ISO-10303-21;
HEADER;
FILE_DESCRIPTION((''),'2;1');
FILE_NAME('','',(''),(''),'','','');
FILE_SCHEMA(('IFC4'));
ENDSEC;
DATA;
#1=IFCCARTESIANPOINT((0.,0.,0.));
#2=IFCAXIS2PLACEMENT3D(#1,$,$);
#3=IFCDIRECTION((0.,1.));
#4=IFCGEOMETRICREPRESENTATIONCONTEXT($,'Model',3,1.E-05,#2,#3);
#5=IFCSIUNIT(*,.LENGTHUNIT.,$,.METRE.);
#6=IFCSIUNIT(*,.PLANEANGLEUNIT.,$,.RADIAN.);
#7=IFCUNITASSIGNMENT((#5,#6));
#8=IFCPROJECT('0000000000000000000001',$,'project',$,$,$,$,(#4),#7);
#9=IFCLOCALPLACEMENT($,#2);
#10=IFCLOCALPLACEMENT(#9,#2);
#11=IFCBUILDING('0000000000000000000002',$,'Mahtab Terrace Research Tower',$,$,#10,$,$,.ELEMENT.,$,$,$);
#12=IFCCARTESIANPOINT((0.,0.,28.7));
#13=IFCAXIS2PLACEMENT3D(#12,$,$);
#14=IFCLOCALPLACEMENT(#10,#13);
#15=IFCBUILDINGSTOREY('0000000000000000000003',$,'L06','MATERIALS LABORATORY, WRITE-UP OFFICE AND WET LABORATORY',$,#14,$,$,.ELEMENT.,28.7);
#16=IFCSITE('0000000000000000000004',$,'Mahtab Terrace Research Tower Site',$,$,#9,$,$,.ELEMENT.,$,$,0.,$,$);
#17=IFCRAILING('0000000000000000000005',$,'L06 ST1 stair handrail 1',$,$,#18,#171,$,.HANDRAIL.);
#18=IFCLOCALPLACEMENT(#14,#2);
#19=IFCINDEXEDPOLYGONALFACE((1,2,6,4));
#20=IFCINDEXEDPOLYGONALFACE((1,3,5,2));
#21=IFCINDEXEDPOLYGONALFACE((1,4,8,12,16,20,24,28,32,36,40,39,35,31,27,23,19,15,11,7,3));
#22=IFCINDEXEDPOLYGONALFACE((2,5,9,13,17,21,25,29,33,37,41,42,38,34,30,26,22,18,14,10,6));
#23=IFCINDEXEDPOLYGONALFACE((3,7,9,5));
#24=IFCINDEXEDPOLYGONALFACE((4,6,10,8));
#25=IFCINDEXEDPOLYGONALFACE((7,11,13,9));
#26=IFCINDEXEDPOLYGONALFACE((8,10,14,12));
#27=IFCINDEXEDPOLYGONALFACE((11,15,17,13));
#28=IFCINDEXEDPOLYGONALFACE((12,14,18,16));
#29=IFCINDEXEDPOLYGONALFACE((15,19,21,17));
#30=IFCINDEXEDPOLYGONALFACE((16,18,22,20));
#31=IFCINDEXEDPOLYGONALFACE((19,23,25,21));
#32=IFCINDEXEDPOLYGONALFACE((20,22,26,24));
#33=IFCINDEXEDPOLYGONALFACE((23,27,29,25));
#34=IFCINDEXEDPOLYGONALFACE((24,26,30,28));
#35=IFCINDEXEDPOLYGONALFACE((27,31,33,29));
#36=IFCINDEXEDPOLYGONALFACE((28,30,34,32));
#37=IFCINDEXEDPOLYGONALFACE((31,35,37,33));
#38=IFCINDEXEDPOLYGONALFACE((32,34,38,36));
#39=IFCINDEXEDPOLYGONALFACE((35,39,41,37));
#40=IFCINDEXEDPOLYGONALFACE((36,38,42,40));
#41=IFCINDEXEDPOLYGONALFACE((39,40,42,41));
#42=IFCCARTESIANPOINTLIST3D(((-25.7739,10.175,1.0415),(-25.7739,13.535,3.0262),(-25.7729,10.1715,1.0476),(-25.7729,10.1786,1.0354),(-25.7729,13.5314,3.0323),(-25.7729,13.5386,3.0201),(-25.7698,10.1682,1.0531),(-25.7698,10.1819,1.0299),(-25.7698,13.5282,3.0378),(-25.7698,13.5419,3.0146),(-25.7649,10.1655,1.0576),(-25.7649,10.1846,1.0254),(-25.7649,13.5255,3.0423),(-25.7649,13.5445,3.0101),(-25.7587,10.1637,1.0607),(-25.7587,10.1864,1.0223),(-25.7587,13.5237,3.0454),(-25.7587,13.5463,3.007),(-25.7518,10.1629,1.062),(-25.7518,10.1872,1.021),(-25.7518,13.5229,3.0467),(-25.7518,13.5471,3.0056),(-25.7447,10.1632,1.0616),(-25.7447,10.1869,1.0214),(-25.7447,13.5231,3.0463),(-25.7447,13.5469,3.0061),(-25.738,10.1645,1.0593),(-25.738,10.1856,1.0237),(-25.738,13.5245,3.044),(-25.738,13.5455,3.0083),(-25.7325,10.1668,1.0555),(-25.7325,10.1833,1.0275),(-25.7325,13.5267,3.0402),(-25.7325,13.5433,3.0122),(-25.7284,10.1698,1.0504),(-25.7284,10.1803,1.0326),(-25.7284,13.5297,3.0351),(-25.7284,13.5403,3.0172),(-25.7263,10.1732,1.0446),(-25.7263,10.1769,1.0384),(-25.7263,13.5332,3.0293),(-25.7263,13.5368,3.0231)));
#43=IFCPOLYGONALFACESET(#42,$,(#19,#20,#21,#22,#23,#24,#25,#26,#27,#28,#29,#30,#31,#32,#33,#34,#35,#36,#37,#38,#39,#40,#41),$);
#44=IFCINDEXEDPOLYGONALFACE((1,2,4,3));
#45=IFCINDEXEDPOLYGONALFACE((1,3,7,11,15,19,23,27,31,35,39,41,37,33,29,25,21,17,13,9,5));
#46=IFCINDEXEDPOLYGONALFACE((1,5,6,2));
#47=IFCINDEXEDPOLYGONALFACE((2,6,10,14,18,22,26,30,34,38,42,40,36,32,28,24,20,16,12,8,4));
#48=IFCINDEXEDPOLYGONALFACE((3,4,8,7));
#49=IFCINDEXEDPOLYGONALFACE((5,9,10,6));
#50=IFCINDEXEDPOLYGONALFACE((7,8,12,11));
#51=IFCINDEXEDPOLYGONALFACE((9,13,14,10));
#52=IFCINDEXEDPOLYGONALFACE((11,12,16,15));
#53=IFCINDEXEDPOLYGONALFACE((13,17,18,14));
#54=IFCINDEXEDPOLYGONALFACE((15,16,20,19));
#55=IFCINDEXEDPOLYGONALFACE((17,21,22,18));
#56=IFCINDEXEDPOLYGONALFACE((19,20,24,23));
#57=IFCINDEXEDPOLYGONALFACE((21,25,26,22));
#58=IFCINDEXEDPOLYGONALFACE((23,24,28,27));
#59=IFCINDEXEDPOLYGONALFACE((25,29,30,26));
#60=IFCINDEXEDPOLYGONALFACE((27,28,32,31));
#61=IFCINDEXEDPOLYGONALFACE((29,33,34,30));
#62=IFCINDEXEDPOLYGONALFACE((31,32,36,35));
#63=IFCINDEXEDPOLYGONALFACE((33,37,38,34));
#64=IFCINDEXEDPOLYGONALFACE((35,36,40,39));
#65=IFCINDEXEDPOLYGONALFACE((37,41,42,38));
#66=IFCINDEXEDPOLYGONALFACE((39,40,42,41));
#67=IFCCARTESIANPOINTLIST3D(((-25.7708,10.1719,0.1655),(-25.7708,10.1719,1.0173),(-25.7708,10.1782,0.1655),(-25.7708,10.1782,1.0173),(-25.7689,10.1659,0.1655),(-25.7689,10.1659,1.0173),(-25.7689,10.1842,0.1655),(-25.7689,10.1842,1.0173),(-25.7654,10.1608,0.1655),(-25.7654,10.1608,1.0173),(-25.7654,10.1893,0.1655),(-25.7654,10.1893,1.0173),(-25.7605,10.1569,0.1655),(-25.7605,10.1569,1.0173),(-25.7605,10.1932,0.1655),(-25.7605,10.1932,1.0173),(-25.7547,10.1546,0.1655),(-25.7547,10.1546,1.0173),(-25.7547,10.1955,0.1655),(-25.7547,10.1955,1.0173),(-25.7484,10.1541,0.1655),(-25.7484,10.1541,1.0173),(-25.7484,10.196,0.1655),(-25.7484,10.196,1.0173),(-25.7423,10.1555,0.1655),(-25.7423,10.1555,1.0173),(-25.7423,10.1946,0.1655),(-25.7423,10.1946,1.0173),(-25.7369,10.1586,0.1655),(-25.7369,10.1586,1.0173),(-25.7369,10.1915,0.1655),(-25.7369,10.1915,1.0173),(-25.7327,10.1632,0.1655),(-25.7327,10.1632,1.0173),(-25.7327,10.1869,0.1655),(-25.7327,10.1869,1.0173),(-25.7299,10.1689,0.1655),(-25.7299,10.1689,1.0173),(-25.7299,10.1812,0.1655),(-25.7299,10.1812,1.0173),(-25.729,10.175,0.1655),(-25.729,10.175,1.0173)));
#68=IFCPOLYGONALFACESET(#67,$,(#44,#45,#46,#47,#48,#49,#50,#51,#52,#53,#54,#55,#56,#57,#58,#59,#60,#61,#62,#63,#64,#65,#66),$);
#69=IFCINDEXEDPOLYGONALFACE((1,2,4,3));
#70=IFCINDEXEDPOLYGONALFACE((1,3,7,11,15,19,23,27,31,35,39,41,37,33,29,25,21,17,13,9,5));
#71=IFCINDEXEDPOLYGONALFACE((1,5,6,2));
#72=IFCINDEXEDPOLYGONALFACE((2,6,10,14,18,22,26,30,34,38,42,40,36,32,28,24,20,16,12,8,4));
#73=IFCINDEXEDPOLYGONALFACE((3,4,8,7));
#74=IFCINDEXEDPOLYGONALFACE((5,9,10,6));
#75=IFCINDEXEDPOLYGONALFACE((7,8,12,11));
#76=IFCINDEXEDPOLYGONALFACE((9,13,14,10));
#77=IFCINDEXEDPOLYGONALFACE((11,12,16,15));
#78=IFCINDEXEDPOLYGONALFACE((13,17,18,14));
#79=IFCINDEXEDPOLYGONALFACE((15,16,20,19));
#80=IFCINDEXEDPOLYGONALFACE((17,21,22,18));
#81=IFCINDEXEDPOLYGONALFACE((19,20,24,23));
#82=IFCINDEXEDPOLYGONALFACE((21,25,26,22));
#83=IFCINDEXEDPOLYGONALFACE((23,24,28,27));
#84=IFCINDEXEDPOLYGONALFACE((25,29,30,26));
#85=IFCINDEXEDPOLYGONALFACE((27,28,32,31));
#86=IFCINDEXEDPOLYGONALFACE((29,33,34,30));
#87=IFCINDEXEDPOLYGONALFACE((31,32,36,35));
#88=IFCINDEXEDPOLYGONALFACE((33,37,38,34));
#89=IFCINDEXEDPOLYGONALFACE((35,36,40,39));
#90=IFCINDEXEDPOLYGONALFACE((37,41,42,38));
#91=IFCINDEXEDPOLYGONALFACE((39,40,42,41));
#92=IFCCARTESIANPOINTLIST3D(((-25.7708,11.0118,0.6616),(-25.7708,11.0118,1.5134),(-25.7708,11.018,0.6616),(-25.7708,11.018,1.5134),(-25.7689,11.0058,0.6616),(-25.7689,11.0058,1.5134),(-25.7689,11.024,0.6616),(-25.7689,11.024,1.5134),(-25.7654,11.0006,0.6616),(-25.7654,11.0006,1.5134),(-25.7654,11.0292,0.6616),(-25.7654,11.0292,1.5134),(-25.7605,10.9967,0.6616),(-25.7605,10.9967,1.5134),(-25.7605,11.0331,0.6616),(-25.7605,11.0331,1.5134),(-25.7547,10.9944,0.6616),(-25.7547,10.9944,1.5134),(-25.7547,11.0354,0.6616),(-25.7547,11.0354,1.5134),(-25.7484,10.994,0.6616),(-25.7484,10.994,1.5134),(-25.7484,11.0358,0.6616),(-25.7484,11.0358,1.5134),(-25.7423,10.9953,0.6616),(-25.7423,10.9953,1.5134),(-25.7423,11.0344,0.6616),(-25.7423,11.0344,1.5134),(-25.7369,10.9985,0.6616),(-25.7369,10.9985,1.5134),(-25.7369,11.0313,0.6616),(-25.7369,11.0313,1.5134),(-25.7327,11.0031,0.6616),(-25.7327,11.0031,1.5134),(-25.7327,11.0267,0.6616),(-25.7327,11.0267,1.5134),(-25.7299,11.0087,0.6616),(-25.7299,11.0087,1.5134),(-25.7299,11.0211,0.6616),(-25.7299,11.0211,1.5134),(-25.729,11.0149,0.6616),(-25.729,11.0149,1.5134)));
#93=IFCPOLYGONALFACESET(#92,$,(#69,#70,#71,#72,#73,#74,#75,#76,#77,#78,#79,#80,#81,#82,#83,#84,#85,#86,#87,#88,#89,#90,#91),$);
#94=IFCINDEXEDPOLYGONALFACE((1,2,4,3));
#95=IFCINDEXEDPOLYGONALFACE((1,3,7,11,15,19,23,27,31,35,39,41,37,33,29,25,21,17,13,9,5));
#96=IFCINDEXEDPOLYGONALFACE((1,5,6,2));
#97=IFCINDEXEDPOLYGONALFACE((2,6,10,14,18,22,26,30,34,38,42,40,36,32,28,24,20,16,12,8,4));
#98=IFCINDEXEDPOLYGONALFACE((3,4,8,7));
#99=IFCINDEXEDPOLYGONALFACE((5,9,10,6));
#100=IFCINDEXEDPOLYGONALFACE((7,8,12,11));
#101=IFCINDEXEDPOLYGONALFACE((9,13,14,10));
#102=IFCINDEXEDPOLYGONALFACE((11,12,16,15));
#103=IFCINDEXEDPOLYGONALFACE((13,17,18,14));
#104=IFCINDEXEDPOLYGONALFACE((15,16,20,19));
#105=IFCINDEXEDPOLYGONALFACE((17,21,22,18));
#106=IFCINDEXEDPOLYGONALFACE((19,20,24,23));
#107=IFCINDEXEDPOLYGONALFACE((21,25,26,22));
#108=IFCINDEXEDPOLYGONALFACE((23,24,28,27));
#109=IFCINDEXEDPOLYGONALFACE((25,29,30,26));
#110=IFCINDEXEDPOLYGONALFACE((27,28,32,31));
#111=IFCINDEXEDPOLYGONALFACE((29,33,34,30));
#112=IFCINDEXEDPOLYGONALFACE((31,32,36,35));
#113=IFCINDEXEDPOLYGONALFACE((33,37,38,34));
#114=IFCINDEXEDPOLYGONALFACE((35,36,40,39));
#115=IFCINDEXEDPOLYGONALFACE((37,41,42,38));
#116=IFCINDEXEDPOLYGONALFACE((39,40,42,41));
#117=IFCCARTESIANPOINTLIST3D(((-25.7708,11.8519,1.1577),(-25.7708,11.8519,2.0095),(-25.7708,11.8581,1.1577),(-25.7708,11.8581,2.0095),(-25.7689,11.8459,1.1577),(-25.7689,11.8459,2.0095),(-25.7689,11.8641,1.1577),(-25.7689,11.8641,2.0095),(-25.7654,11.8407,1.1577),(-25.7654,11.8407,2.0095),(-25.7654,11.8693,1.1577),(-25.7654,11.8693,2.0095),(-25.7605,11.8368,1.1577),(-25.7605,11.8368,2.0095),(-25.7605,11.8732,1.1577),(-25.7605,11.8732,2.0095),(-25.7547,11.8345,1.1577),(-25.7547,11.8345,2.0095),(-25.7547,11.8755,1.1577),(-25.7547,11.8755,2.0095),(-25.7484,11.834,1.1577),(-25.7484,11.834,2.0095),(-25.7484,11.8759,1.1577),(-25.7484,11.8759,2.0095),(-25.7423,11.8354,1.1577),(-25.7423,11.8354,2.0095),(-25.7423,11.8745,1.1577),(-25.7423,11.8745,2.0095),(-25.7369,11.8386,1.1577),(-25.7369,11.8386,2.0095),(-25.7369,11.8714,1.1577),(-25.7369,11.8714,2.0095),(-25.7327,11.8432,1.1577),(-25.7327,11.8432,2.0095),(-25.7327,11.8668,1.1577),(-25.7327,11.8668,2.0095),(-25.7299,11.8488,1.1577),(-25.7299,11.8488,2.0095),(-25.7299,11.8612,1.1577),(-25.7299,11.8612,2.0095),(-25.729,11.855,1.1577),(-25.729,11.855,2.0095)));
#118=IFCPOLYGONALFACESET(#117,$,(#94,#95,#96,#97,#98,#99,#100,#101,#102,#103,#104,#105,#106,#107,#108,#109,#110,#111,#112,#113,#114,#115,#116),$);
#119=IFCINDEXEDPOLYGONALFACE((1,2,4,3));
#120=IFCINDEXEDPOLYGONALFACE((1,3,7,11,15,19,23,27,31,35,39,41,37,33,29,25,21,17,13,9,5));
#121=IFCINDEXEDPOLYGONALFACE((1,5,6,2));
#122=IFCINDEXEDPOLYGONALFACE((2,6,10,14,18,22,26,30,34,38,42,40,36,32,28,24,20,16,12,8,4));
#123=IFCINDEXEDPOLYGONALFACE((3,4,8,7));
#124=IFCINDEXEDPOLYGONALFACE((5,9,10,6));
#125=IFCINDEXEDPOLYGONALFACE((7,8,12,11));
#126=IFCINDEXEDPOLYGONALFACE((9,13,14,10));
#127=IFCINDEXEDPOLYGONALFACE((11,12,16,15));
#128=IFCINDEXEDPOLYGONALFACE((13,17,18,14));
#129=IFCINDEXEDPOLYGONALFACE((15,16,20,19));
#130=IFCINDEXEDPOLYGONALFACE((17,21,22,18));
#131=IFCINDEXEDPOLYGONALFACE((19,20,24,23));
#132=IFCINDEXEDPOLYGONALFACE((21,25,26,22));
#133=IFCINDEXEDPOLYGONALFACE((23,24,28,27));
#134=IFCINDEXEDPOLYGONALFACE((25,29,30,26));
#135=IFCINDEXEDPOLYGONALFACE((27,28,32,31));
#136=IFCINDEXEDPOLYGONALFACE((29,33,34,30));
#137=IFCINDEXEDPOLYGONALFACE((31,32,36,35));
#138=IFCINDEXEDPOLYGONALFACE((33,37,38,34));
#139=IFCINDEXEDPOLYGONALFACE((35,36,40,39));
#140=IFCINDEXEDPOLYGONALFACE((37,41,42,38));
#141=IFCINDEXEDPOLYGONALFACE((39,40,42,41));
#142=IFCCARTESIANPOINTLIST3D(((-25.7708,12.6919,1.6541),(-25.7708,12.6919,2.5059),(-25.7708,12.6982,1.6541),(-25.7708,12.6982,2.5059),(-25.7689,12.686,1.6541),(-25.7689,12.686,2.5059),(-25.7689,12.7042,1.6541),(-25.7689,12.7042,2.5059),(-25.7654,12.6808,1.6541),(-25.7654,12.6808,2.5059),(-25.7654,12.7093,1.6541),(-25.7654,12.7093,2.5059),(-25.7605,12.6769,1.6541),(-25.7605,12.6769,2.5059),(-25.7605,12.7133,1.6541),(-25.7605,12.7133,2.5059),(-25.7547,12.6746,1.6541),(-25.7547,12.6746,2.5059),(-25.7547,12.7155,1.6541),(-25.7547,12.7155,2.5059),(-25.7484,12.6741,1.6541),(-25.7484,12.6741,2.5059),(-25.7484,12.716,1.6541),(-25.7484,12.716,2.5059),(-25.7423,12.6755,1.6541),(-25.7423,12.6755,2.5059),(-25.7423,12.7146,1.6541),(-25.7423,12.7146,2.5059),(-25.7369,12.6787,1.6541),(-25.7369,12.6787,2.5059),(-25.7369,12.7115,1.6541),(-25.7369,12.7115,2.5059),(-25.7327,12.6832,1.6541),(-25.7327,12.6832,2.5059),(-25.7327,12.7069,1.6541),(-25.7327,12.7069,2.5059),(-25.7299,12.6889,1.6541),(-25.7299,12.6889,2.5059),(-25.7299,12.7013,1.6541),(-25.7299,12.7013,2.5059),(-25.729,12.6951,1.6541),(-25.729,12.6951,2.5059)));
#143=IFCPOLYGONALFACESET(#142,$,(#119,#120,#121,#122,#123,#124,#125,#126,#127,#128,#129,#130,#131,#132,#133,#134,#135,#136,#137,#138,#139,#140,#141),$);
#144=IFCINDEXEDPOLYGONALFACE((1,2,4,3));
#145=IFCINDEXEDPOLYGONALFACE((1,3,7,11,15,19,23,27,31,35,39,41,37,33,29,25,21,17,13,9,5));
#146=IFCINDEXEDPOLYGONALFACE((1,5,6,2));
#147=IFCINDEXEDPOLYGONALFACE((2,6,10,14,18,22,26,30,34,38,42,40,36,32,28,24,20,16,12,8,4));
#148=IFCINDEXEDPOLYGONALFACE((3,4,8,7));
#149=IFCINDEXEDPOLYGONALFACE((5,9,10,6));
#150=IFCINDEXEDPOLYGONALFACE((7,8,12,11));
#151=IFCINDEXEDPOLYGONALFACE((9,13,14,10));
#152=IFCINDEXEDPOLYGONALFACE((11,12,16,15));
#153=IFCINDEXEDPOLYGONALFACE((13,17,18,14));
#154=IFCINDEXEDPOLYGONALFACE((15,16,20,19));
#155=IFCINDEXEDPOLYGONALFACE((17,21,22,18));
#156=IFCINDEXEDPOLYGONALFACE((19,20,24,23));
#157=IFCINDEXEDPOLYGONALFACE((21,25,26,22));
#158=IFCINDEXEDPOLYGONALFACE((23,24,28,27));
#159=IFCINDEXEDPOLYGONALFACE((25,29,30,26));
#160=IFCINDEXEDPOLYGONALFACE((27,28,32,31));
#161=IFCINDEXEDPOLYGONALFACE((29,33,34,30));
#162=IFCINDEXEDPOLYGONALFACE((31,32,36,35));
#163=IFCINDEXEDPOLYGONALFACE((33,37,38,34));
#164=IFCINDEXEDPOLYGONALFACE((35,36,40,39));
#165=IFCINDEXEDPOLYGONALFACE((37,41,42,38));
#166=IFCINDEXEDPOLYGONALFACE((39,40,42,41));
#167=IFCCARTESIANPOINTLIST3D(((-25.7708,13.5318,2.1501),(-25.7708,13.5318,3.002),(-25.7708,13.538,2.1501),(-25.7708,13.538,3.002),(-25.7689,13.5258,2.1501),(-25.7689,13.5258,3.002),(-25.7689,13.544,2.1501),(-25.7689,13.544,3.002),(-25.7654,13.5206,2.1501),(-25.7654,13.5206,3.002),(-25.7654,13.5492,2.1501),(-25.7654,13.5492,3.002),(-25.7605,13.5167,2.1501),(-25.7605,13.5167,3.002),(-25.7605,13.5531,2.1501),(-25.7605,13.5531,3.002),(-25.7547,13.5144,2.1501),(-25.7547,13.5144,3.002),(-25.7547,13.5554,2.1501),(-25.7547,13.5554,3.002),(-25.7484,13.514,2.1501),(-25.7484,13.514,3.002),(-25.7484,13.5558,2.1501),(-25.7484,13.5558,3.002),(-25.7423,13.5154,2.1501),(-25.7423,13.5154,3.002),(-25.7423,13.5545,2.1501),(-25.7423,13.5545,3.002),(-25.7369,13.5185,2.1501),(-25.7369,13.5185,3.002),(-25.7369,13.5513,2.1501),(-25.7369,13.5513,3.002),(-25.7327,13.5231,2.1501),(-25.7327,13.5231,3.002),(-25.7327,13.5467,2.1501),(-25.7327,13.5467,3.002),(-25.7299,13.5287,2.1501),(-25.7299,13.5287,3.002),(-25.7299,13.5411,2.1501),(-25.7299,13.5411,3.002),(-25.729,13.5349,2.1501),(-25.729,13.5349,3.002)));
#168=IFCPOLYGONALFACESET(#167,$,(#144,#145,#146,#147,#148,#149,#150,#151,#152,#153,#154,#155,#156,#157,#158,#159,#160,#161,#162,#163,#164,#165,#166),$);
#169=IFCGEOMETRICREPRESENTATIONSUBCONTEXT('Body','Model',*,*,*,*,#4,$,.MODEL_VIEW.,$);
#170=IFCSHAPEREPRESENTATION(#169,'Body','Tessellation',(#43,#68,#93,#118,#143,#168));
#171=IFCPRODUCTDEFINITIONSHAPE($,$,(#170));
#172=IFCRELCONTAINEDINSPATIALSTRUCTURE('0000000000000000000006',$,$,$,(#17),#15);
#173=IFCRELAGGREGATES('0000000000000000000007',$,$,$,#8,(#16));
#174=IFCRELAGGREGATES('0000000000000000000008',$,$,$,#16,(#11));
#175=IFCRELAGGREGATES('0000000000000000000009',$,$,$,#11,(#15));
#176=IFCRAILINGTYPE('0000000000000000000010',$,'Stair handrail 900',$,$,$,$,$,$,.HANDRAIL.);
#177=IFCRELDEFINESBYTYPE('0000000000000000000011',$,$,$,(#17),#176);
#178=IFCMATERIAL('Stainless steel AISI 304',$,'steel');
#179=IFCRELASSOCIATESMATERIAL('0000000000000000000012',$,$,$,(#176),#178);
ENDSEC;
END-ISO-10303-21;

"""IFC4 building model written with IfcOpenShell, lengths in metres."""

from ifc_helpers import new_model, si_unit, direction, frame, origin, origin_2d, place, context, subcontext, project, spatial, circle, extrude, material, type_object, element, save


model = new_model("IFC4")

# Units and contexts
model_context = context("Model", 3, precision=1e-05, world=origin(), true_north=direction((0.0, 1.0)))
body_context = subcontext(model_context, "Body", "Model", "MODEL_VIEW")
ifc_project = project(units=[si_unit("LENGTHUNIT", "METRE"), si_unit("PLANEANGLEUNIT", "RADIAN")], contexts=[model_context])

# Site, building, storey
site_placement = place(None, origin())
site = spatial("IfcSite", under=ifc_project, at=site_placement, Name="Mahtab Terrace Research Tower Site", CompositionType="ELEMENT", RefElevation=0.0)
building_placement = place(site_placement, origin())
building = spatial("IfcBuilding", under=site, at=building_placement, Name="Mahtab Terrace Research Tower", CompositionType="ELEMENT")
storey_placement = place(building_placement, frame((0.0, 0.0, 28.7)))
storey = spatial("IfcBuildingStorey", under=building, at=storey_placement, Name="L06", Description="MATERIALS LABORATORY, WRITE-UP OFFICE AND WET LABORATORY", CompositionType="ELEMENT", Elevation=28.7)

# Railing
ifc_material_1 = material(Name="Stainless steel AISI 304", Category="steel")
railing_type_1 = type_object("IfcRailingType", Name="Stair handrail 900", PredefinedType="HANDRAIL", material=ifc_material_1)
railing_1_placement = place(storey_placement, frame((-25.75, 10.175, 0.1655)))
element("IfcRailing", 1, at=railing_1_placement, inside=storey, type_object=railing_type_1, Name="L06 ST1 stair handrail 1", PredefinedType="HANDRAIL", context=body_context, shape_type="SweptSolid", body=[
    extrude(circle(Radius=0.0239, at=origin_2d()), frame((0.0, 0.0, 0.876), z_axis=(0.0, 0.861011, 0.508586), x_axis=(-1.0, 0.0, 0.0)), (0.0, 0.0, 1.0), 3.9023),
    extrude(circle(Radius=0.021, at=origin_2d()), origin(), (0.0, 0.0, 1.0), 0.8518),
    extrude(circle(Radius=0.021, at=origin_2d()), frame((0.0, 0.8398, 0.4961)), (0.0, 0.0, 1.0), 0.8518),
    extrude(circle(Radius=0.021, at=origin_2d()), frame((0.0, 1.6799, 0.9922)), (0.0, 0.0, 1.0), 0.8518),
    extrude(circle(Radius=0.021, at=origin_2d()), frame((0.0, 2.52, 1.4885)), (0.0, 0.0, 1.0), 0.8518),
    extrude(circle(Radius=0.021, at=origin_2d()), frame((0.0, 3.3599, 1.9846)), (0.0, 0.0, 1.0), 0.8518),
])

save(model, "model.ifc")
